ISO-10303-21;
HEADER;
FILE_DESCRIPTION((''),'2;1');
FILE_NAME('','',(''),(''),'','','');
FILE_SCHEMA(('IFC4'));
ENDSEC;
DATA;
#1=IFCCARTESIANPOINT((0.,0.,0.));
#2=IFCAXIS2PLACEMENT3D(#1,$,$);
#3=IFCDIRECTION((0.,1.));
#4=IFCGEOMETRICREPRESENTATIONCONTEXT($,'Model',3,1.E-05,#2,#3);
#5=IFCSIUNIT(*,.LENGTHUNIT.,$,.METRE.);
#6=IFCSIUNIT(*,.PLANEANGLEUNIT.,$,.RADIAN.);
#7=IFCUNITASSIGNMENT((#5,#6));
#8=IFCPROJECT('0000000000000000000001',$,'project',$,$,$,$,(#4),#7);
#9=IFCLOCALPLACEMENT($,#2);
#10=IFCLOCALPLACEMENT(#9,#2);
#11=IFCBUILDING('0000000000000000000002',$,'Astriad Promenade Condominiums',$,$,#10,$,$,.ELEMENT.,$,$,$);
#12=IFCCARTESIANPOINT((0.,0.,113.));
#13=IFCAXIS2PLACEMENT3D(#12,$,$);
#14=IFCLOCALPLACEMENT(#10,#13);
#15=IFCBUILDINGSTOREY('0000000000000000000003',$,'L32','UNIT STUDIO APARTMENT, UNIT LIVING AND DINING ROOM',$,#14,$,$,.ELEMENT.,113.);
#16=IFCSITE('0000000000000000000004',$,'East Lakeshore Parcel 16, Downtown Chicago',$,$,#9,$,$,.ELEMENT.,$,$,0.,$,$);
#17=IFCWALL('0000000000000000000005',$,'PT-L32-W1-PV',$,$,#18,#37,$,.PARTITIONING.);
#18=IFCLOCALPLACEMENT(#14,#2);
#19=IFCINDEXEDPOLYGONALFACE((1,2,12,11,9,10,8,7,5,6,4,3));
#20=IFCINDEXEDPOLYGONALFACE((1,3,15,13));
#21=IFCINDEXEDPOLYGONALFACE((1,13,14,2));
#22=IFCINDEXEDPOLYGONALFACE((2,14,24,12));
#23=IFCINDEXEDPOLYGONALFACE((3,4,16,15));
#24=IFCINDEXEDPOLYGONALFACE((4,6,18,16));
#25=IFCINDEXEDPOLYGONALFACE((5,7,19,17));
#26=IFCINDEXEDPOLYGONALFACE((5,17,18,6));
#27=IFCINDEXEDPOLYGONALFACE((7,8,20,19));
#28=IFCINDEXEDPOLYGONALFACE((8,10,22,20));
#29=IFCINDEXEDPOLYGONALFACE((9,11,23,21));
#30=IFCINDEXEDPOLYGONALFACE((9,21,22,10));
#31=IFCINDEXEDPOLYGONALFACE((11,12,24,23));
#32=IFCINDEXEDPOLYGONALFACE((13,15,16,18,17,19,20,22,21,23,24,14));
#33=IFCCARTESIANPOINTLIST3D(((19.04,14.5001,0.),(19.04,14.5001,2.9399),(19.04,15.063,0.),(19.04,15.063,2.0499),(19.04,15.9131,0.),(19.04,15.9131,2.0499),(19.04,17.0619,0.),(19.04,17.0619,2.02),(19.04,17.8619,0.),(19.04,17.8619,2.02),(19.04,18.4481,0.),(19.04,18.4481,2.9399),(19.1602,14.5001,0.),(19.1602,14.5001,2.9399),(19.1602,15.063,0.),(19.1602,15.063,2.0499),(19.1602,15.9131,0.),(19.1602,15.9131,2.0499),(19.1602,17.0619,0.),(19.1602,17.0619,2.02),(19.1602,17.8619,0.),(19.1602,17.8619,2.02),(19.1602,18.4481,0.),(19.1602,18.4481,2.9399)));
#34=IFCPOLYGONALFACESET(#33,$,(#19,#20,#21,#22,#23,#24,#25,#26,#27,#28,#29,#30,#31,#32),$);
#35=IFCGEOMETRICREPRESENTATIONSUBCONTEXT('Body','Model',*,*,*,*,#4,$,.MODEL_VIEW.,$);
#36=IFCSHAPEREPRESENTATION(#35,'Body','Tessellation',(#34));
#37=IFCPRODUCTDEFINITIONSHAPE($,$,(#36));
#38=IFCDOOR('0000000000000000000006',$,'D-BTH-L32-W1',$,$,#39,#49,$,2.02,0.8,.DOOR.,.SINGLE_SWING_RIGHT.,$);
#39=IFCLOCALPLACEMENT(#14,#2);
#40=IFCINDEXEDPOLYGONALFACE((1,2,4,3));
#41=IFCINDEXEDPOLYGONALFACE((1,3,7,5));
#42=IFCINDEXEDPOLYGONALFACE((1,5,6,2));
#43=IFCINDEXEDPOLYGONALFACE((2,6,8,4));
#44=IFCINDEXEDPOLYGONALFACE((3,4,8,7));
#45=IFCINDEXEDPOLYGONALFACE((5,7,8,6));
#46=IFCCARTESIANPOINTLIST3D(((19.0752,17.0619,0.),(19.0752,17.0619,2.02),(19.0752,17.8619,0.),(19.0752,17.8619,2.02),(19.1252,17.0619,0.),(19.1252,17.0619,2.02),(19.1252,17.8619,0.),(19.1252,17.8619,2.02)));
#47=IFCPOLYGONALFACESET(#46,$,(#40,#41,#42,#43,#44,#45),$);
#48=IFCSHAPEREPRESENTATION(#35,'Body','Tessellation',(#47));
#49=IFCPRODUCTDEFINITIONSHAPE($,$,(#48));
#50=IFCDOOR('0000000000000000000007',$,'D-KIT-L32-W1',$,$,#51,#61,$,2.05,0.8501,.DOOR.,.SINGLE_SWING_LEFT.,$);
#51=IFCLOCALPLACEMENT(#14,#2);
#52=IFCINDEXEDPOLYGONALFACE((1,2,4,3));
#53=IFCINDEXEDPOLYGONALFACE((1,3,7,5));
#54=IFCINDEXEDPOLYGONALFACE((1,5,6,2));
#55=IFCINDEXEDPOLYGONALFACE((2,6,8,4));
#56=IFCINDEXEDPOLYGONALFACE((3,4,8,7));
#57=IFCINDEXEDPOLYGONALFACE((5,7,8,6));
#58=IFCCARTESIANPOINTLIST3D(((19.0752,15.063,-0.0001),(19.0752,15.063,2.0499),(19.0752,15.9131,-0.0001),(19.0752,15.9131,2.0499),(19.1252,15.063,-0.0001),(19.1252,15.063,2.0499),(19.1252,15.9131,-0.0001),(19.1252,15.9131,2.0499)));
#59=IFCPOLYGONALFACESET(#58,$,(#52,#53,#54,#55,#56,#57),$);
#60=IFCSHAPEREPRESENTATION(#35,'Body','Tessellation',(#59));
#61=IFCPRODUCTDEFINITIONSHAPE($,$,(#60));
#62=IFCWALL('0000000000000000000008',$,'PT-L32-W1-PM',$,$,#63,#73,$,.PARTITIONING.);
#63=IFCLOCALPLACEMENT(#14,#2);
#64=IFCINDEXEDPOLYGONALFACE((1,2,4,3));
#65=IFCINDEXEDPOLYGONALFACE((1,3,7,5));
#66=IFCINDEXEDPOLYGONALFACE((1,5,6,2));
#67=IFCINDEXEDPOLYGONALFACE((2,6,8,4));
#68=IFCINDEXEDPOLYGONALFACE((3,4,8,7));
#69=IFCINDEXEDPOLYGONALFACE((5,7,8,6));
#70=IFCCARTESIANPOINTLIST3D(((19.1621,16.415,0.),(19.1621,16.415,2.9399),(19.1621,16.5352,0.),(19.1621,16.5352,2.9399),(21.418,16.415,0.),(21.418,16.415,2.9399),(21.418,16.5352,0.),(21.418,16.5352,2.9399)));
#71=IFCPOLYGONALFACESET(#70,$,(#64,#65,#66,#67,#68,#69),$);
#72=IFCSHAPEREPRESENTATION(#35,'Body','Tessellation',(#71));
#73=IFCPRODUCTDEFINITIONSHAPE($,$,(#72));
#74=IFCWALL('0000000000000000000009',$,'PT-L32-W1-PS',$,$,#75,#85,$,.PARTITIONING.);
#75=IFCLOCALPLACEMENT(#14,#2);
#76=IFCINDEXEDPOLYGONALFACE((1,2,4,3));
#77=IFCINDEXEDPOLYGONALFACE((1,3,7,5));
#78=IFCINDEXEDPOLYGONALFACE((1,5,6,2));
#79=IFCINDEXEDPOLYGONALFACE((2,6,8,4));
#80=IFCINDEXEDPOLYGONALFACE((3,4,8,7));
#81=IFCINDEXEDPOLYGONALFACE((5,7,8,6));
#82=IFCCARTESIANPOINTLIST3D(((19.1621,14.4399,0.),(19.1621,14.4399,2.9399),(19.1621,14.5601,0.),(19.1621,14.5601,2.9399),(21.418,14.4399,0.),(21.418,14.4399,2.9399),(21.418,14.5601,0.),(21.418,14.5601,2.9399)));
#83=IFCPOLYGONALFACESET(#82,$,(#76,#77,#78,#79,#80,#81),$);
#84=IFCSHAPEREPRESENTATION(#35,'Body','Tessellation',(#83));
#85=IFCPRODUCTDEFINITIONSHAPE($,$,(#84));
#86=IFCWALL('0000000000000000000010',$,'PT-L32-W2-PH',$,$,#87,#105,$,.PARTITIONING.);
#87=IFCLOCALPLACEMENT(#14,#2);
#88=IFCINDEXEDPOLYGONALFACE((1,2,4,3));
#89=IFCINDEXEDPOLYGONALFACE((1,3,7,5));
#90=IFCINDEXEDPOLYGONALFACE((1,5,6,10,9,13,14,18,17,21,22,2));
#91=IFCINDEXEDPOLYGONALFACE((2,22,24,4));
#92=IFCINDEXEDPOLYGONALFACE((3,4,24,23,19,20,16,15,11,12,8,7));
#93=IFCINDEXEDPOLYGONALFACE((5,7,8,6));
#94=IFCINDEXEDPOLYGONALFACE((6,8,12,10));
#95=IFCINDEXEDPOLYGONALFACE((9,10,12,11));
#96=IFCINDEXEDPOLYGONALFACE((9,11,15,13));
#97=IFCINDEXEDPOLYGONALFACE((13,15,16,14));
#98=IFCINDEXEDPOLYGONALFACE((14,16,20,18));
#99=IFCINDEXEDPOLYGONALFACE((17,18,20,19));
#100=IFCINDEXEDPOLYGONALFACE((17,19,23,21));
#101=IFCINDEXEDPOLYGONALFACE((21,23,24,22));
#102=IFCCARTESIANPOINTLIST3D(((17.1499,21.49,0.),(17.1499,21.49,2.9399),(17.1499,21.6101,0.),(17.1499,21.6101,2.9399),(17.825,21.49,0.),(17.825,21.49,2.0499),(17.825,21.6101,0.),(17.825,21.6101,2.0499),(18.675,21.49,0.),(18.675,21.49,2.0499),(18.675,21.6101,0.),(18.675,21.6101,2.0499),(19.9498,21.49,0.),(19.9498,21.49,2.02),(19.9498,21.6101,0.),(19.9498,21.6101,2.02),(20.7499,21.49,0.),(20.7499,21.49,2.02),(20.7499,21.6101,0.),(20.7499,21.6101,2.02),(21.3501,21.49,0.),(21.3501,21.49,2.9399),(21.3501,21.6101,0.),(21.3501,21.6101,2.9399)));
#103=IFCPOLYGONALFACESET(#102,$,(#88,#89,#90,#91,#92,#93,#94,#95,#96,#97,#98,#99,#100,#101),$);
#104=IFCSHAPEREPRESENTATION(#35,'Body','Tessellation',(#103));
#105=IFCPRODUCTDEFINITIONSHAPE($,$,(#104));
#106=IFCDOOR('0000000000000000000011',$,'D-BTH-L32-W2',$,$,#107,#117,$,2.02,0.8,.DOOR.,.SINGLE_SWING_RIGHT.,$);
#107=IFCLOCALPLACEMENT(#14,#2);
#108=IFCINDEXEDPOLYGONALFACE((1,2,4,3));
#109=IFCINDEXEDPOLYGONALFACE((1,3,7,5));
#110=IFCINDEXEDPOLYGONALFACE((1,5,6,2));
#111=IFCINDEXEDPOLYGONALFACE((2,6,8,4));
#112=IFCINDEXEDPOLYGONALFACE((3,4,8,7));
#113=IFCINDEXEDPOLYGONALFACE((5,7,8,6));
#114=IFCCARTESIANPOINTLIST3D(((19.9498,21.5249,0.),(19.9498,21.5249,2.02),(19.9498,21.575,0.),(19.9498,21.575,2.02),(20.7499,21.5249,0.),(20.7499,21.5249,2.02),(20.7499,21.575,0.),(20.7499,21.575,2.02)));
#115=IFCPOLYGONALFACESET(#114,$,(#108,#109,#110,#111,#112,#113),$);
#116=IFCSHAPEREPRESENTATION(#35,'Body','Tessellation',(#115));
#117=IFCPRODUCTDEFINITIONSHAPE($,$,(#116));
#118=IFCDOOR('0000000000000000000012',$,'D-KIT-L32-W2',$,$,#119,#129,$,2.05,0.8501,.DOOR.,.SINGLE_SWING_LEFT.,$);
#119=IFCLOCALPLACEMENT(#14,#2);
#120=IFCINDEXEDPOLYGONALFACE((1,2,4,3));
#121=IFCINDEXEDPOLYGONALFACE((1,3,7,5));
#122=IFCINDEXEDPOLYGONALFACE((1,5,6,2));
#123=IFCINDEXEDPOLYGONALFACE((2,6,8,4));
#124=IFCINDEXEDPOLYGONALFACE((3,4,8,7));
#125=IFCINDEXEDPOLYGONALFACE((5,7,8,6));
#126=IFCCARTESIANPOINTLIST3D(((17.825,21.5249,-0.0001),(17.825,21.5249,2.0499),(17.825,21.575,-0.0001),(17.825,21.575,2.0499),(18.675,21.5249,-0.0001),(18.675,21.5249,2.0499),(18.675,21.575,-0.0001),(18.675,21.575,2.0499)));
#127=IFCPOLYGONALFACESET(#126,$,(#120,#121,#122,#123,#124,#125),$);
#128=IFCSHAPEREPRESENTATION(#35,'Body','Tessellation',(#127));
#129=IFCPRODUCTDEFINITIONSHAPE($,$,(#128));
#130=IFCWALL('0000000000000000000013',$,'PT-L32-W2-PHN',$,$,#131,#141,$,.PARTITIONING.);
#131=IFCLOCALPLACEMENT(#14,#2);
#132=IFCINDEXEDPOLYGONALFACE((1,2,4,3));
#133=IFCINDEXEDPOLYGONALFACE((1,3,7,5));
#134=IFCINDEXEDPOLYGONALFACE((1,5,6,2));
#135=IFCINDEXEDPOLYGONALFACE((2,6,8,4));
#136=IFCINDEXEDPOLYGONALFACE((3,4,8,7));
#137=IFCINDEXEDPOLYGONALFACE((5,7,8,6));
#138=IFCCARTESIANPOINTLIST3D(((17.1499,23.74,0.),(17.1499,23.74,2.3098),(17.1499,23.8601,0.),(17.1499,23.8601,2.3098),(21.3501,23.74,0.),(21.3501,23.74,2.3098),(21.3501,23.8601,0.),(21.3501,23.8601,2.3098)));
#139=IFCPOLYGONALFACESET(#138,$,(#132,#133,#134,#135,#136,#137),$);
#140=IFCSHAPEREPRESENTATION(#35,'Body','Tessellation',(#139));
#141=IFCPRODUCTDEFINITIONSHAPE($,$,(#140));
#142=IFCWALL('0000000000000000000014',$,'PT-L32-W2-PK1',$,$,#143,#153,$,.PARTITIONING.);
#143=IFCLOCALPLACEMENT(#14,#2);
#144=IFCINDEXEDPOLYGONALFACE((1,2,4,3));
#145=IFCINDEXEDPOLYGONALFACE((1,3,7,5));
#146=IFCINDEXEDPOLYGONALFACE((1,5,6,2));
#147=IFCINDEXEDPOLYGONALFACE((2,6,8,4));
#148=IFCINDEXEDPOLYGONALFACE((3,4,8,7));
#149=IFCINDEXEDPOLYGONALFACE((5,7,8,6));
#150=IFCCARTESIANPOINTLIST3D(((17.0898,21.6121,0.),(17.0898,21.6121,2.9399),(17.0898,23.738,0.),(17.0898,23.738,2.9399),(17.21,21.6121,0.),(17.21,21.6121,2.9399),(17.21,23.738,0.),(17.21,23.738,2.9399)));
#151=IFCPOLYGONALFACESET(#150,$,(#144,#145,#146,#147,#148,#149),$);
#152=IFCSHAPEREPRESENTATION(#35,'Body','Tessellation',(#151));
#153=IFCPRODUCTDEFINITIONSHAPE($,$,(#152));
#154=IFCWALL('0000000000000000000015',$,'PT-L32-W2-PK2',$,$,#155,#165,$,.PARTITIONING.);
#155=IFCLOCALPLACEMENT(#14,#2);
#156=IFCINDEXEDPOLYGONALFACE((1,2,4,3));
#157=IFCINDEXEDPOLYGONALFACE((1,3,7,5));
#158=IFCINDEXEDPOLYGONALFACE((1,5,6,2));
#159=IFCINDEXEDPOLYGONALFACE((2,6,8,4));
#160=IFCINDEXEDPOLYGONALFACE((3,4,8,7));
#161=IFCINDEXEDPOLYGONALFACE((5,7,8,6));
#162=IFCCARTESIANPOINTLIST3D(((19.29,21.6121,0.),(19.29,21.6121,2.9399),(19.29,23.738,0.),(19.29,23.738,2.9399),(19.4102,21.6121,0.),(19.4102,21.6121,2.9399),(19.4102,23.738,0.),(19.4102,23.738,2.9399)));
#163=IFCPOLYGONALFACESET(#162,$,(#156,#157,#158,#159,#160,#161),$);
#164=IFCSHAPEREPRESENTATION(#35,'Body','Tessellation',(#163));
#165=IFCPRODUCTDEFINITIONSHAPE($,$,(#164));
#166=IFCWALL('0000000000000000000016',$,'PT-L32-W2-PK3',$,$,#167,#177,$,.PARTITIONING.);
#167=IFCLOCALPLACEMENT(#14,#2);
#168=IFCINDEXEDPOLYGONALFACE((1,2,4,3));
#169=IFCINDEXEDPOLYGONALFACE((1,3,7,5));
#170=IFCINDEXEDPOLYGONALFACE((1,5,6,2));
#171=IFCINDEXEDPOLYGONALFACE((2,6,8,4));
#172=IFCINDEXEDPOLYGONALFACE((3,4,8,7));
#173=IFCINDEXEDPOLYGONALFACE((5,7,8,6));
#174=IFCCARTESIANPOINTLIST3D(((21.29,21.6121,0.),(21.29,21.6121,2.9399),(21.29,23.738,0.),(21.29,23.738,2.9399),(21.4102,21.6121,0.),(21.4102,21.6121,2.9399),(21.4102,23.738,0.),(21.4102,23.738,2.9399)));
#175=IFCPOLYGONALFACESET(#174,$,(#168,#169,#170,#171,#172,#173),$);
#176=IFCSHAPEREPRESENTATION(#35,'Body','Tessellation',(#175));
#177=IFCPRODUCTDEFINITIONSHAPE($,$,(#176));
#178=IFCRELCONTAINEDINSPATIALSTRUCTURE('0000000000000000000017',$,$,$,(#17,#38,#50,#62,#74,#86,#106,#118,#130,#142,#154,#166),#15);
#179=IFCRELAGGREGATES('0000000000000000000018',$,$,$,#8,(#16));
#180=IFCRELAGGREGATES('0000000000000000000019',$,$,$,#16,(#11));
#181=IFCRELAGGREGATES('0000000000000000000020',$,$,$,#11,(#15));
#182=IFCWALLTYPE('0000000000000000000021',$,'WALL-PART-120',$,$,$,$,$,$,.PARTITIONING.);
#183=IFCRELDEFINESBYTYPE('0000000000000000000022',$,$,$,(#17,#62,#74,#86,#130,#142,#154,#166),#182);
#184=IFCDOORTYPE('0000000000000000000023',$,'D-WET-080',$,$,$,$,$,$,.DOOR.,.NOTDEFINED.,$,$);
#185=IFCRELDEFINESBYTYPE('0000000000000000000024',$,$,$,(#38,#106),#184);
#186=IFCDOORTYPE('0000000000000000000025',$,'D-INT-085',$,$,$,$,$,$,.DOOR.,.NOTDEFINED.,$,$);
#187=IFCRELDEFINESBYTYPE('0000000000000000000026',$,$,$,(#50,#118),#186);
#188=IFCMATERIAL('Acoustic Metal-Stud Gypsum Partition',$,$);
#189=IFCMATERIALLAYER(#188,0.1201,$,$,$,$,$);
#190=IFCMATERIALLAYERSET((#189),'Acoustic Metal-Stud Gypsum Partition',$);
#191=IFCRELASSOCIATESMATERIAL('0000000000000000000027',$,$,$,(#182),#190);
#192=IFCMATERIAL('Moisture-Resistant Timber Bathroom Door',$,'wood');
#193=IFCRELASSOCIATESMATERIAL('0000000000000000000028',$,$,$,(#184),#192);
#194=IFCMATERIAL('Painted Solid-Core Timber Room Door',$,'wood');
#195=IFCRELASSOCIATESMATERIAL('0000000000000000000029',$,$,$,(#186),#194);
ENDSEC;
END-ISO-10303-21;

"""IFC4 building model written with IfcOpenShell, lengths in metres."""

from ifc_helpers import new_model, si_unit, direction, frame, frame_2d, origin, place, context, subcontext, project, spatial, rectangle, extrude, source, transform, mapped, material, layer, layer_set, type_object, type_shapes, element, fill, save


model = new_model("IFC4")

# Units and contexts
model_context = context("Model", 3, precision=1e-05, world=origin(), true_north=direction((0.0, 1.0)))
body_context = subcontext(model_context, "Body", "Model", "MODEL_VIEW")
ifc_project = project(units=[si_unit("LENGTHUNIT", "METRE"), si_unit("PLANEANGLEUNIT", "RADIAN")], contexts=[model_context])

# Site, building, storey
site_placement = place(None, origin())
site = spatial("IfcSite", under=ifc_project, at=site_placement, Name="East Lakeshore Parcel 16, Downtown Chicago", CompositionType="ELEMENT", RefElevation=0.0)
building_placement = place(site_placement, origin())
building = spatial("IfcBuilding", under=site, at=building_placement, Name="Astriad Promenade Condominiums", CompositionType="ELEMENT")
storey_placement = place(building_placement, frame((0.0, 0.0, 113.0)))
storey = spatial("IfcBuildingStorey", under=building, at=storey_placement, Name="L32", Description="UNIT STUDIO APARTMENT, UNIT LIVING AND DINING ROOM", CompositionType="ELEMENT", Elevation=113.0)

# Wall, openings, doors
ifc_material_1 = material(Name="Acoustic Metal-Stud Gypsum Partition")
ifc_layer_1 = layer(ifc_material_1, 0.1201)
ifc_layer_set_1 = layer_set([ifc_layer_1], Name="Acoustic Metal-Stud Gypsum Partition")
wall_type_1 = type_object("IfcWallType", Name="WALL-PART-120", PredefinedType="PARTITIONING", material=ifc_layer_set_1)
wall_1_placement = place(storey_placement, frame((19.1001, 14.5, 0.0), z_axis=(0.0, 0.0, 1.0), x_axis=(0.0, 1.0, 0.0)))
wall_1 = element("IfcWall", 1, at=wall_1_placement, inside=storey, type_object=wall_type_1, Name="PT-L32-W1-PV", PredefinedType="PARTITIONING", context=body_context, shape_type="SweptSolid", body=[
    extrude(rectangle(XDim=3.948, YDim=0.1201, at=frame_2d((1.9741, 0.0))), origin(), (0.0, 0.0, 1.0), 2.9399),
])
opening_1_placement = place(wall_1_placement, frame((0.563, 0.0, 0.0)))
opening_1 = element("IfcOpeningElement", 2, at=opening_1_placement, cuts=wall_1, PredefinedType="OPENING", context=body_context, shape_type="SweptSolid", body=[
    extrude(rectangle(XDim=0.8501, YDim=2.05, at=frame_2d((0.425, 1.0249))), frame((0.0, 0.0701, 0.0), z_axis=(0.0, -1.0, 0.0), x_axis=(1.0, 0.0, 0.0)), (0.0, 0.0, 1.0), 0.1401),
])
opening_2_placement = place(wall_1_placement, frame((2.562, 0.0, 0.0)))
opening_2 = element("IfcOpeningElement", 3, at=opening_2_placement, cuts=wall_1, PredefinedType="OPENING", context=body_context, shape_type="SweptSolid", body=[
    extrude(rectangle(XDim=0.8, YDim=2.02, at=frame_2d((0.3999, 1.01))), frame((0.0, 0.0701, 0.0), z_axis=(0.0, -1.0, 0.0), x_axis=(1.0, 0.0, 0.0)), (0.0, 0.0, 1.0), 0.1401),
])
ifc_material_2 = material(Name="Moisture-Resistant Timber Bathroom Door", Category="wood")
door_type_1 = type_object("IfcDoorType", Name="D-WET-080", OperationType="NOTDEFINED", PredefinedType="DOOR", material=ifc_material_2)
shared_shape_1 = source(origin(), body_context, "Body", "SweptSolid", [
    extrude(rectangle(XDim=0.8, YDim=2.02, at=frame_2d((0.3999, 1.01))), frame((0.0, 0.0249, 0.0), z_axis=(0.0, -1.0, 0.0), x_axis=(1.0, 0.0, 0.0)), (0.0, 0.0, 1.0), 0.05),
])
type_shapes(door_type_1, [shared_shape_1])
door_1_placement = place(opening_2_placement, origin())
door_1 = element("IfcDoor", 4, at=door_1_placement, inside=storey, type_object=door_type_1, Name="D-BTH-L32-W1", OperationType="SINGLE_SWING_RIGHT", OverallHeight=2.02, OverallWidth=0.8, PredefinedType="DOOR", context=body_context, shape_type="MappedRepresentation", body=[
    mapped(shared_shape_1, transform((0.0, 0.0, 0.0), scale=1.0)),
])
fill(opening_2, door_1)
ifc_material_3 = material(Name="Painted Solid-Core Timber Room Door", Category="wood")
door_type_2 = type_object("IfcDoorType", Name="D-INT-085", OperationType="NOTDEFINED", PredefinedType="DOOR", material=ifc_material_3)
shared_shape_2 = source(origin(), body_context, "Body", "SweptSolid", [
    extrude(rectangle(XDim=0.8501, YDim=2.05, at=frame_2d((0.425, 1.0249))), frame((0.0, 0.0249, 0.0), z_axis=(0.0, -1.0, 0.0), x_axis=(1.0, 0.0, 0.0)), (0.0, 0.0, 1.0), 0.05),
])
type_shapes(door_type_2, [shared_shape_2])
door_2_placement = place(opening_1_placement, origin())
door_2 = element("IfcDoor", 5, at=door_2_placement, inside=storey, type_object=door_type_2, Name="D-KIT-L32-W1", OperationType="SINGLE_SWING_LEFT", OverallHeight=2.05, OverallWidth=0.8501, PredefinedType="DOOR", context=body_context, shape_type="MappedRepresentation", body=[
    mapped(shared_shape_2, transform((0.0, 0.0, 0.0), scale=1.0)),
])
fill(opening_1, door_2)

# Walls
for number, where, z_axis, x_axis, name in (
    (6, (19.1621, 16.4751, 0.0), (0.0, 0.0, 1.0), (1.0, 0.0, 0.0), "PT-L32-W1-PM"),
    (7, (19.1621, 14.5, 0.0), (0.0, 0.0, 1.0), (1.0, 0.0, 0.0), "PT-L32-W1-PS"),
):
    element("IfcWall", number, at=place(storey_placement, frame(where, z_axis=z_axis, x_axis=x_axis)), inside=storey, type_object=wall_type_1, Name=name, PredefinedType="PARTITIONING", context=body_context, shape_type="SweptSolid", body=[
        extrude(rectangle(XDim=2.2559, YDim=0.1201, at=frame_2d((1.1279, 0.0))), origin(), (0.0, 0.0, 1.0), 2.9399),
    ])

# Wall, openings, doors
wall_2_placement = place(storey_placement, frame((17.1499, 21.55, 0.0), z_axis=(0.0, 0.0, 1.0), x_axis=(1.0, 0.0, 0.0)))
wall_2 = element("IfcWall", 8, at=wall_2_placement, inside=storey, type_object=wall_type_1, Name="PT-L32-W2-PH", PredefinedType="PARTITIONING", context=body_context, shape_type="SweptSolid", body=[
    extrude(rectangle(XDim=4.2002, YDim=0.1201, at=frame_2d((2.1001, 0.0))), origin(), (0.0, 0.0, 1.0), 2.9399),
])
opening_3_placement = place(wall_2_placement, frame((0.675, 0.0, 0.0)))
opening_3 = element("IfcOpeningElement", 9, at=opening_3_placement, cuts=wall_2, PredefinedType="OPENING", context=body_context, shape_type="SweptSolid", body=[
    extrude(rectangle(XDim=0.8501, YDim=2.05, at=frame_2d((0.425, 1.0249))), frame((0.0, 0.0701, 0.0), z_axis=(0.0, -1.0, 0.0), x_axis=(1.0, 0.0, 0.0)), (0.0, 0.0, 1.0), 0.1401),
])
opening_4_placement = place(wall_2_placement, frame((2.8, 0.0, 0.0)))
opening_4 = element("IfcOpeningElement", 10, at=opening_4_placement, cuts=wall_2, PredefinedType="OPENING", context=body_context, shape_type="SweptSolid", body=[
    extrude(rectangle(XDim=0.8, YDim=2.02, at=frame_2d((0.3999, 1.01))), frame((0.0, 0.0701, 0.0), z_axis=(0.0, -1.0, 0.0), x_axis=(1.0, 0.0, 0.0)), (0.0, 0.0, 1.0), 0.1401),
])
door_3_placement = place(opening_4_placement, origin())
door_3 = element("IfcDoor", 11, at=door_3_placement, inside=storey, type_object=door_type_1, Name="D-BTH-L32-W2", OperationType="SINGLE_SWING_RIGHT", OverallHeight=2.02, OverallWidth=0.8, PredefinedType="DOOR", context=body_context, shape_type="MappedRepresentation", body=[
    mapped(shared_shape_1, transform((0.0, 0.0, 0.0), scale=1.0)),
])
fill(opening_4, door_3)
door_4_placement = place(opening_3_placement, origin())
door_4 = element("IfcDoor", 12, at=door_4_placement, inside=storey, type_object=door_type_2, Name="D-KIT-L32-W2", OperationType="SINGLE_SWING_LEFT", OverallHeight=2.05, OverallWidth=0.8501, PredefinedType="DOOR", context=body_context, shape_type="MappedRepresentation", body=[
    mapped(shared_shape_2, transform((0.0, 0.0, 0.0), scale=1.0)),
])
fill(opening_3, door_4)

# Walls
wall_3_placement = place(storey_placement, frame((17.1499, 23.8, 0.0), z_axis=(0.0, 0.0, 1.0), x_axis=(1.0, 0.0, 0.0)))
element("IfcWall", 13, at=wall_3_placement, inside=storey, type_object=wall_type_1, Name="PT-L32-W2-PHN", PredefinedType="PARTITIONING", context=body_context, shape_type="SweptSolid", body=[
    extrude(rectangle(XDim=4.2002, YDim=0.1201, at=frame_2d((2.1001, 0.0))), origin(), (0.0, 0.0, 1.0), 2.3098),
])
for number, where, z_axis, x_axis, name in (
    (14, (17.1499, 21.6121, 0.0), (0.0, 0.0, 1.0), (0.0, 1.0, 0.0), "PT-L32-W2-PK1"),
    (15, (19.3501, 21.6121, 0.0), (0.0, 0.0, 1.0), (0.0, 1.0, 0.0), "PT-L32-W2-PK2"),
    (16, (21.3501, 21.6121, 0.0), (0.0, 0.0, 1.0), (0.0, 1.0, 0.0), "PT-L32-W2-PK3"),
):
    element("IfcWall", number, at=place(storey_placement, frame(where, z_axis=z_axis, x_axis=x_axis)), inside=storey, type_object=wall_type_1, Name=name, PredefinedType="PARTITIONING", context=body_context, shape_type="SweptSolid", body=[
        extrude(rectangle(XDim=2.126, YDim=0.1201, at=frame_2d((1.063, 0.0))), origin(), (0.0, 0.0, 1.0), 2.9399),
    ])

save(model, "model.ifc")
